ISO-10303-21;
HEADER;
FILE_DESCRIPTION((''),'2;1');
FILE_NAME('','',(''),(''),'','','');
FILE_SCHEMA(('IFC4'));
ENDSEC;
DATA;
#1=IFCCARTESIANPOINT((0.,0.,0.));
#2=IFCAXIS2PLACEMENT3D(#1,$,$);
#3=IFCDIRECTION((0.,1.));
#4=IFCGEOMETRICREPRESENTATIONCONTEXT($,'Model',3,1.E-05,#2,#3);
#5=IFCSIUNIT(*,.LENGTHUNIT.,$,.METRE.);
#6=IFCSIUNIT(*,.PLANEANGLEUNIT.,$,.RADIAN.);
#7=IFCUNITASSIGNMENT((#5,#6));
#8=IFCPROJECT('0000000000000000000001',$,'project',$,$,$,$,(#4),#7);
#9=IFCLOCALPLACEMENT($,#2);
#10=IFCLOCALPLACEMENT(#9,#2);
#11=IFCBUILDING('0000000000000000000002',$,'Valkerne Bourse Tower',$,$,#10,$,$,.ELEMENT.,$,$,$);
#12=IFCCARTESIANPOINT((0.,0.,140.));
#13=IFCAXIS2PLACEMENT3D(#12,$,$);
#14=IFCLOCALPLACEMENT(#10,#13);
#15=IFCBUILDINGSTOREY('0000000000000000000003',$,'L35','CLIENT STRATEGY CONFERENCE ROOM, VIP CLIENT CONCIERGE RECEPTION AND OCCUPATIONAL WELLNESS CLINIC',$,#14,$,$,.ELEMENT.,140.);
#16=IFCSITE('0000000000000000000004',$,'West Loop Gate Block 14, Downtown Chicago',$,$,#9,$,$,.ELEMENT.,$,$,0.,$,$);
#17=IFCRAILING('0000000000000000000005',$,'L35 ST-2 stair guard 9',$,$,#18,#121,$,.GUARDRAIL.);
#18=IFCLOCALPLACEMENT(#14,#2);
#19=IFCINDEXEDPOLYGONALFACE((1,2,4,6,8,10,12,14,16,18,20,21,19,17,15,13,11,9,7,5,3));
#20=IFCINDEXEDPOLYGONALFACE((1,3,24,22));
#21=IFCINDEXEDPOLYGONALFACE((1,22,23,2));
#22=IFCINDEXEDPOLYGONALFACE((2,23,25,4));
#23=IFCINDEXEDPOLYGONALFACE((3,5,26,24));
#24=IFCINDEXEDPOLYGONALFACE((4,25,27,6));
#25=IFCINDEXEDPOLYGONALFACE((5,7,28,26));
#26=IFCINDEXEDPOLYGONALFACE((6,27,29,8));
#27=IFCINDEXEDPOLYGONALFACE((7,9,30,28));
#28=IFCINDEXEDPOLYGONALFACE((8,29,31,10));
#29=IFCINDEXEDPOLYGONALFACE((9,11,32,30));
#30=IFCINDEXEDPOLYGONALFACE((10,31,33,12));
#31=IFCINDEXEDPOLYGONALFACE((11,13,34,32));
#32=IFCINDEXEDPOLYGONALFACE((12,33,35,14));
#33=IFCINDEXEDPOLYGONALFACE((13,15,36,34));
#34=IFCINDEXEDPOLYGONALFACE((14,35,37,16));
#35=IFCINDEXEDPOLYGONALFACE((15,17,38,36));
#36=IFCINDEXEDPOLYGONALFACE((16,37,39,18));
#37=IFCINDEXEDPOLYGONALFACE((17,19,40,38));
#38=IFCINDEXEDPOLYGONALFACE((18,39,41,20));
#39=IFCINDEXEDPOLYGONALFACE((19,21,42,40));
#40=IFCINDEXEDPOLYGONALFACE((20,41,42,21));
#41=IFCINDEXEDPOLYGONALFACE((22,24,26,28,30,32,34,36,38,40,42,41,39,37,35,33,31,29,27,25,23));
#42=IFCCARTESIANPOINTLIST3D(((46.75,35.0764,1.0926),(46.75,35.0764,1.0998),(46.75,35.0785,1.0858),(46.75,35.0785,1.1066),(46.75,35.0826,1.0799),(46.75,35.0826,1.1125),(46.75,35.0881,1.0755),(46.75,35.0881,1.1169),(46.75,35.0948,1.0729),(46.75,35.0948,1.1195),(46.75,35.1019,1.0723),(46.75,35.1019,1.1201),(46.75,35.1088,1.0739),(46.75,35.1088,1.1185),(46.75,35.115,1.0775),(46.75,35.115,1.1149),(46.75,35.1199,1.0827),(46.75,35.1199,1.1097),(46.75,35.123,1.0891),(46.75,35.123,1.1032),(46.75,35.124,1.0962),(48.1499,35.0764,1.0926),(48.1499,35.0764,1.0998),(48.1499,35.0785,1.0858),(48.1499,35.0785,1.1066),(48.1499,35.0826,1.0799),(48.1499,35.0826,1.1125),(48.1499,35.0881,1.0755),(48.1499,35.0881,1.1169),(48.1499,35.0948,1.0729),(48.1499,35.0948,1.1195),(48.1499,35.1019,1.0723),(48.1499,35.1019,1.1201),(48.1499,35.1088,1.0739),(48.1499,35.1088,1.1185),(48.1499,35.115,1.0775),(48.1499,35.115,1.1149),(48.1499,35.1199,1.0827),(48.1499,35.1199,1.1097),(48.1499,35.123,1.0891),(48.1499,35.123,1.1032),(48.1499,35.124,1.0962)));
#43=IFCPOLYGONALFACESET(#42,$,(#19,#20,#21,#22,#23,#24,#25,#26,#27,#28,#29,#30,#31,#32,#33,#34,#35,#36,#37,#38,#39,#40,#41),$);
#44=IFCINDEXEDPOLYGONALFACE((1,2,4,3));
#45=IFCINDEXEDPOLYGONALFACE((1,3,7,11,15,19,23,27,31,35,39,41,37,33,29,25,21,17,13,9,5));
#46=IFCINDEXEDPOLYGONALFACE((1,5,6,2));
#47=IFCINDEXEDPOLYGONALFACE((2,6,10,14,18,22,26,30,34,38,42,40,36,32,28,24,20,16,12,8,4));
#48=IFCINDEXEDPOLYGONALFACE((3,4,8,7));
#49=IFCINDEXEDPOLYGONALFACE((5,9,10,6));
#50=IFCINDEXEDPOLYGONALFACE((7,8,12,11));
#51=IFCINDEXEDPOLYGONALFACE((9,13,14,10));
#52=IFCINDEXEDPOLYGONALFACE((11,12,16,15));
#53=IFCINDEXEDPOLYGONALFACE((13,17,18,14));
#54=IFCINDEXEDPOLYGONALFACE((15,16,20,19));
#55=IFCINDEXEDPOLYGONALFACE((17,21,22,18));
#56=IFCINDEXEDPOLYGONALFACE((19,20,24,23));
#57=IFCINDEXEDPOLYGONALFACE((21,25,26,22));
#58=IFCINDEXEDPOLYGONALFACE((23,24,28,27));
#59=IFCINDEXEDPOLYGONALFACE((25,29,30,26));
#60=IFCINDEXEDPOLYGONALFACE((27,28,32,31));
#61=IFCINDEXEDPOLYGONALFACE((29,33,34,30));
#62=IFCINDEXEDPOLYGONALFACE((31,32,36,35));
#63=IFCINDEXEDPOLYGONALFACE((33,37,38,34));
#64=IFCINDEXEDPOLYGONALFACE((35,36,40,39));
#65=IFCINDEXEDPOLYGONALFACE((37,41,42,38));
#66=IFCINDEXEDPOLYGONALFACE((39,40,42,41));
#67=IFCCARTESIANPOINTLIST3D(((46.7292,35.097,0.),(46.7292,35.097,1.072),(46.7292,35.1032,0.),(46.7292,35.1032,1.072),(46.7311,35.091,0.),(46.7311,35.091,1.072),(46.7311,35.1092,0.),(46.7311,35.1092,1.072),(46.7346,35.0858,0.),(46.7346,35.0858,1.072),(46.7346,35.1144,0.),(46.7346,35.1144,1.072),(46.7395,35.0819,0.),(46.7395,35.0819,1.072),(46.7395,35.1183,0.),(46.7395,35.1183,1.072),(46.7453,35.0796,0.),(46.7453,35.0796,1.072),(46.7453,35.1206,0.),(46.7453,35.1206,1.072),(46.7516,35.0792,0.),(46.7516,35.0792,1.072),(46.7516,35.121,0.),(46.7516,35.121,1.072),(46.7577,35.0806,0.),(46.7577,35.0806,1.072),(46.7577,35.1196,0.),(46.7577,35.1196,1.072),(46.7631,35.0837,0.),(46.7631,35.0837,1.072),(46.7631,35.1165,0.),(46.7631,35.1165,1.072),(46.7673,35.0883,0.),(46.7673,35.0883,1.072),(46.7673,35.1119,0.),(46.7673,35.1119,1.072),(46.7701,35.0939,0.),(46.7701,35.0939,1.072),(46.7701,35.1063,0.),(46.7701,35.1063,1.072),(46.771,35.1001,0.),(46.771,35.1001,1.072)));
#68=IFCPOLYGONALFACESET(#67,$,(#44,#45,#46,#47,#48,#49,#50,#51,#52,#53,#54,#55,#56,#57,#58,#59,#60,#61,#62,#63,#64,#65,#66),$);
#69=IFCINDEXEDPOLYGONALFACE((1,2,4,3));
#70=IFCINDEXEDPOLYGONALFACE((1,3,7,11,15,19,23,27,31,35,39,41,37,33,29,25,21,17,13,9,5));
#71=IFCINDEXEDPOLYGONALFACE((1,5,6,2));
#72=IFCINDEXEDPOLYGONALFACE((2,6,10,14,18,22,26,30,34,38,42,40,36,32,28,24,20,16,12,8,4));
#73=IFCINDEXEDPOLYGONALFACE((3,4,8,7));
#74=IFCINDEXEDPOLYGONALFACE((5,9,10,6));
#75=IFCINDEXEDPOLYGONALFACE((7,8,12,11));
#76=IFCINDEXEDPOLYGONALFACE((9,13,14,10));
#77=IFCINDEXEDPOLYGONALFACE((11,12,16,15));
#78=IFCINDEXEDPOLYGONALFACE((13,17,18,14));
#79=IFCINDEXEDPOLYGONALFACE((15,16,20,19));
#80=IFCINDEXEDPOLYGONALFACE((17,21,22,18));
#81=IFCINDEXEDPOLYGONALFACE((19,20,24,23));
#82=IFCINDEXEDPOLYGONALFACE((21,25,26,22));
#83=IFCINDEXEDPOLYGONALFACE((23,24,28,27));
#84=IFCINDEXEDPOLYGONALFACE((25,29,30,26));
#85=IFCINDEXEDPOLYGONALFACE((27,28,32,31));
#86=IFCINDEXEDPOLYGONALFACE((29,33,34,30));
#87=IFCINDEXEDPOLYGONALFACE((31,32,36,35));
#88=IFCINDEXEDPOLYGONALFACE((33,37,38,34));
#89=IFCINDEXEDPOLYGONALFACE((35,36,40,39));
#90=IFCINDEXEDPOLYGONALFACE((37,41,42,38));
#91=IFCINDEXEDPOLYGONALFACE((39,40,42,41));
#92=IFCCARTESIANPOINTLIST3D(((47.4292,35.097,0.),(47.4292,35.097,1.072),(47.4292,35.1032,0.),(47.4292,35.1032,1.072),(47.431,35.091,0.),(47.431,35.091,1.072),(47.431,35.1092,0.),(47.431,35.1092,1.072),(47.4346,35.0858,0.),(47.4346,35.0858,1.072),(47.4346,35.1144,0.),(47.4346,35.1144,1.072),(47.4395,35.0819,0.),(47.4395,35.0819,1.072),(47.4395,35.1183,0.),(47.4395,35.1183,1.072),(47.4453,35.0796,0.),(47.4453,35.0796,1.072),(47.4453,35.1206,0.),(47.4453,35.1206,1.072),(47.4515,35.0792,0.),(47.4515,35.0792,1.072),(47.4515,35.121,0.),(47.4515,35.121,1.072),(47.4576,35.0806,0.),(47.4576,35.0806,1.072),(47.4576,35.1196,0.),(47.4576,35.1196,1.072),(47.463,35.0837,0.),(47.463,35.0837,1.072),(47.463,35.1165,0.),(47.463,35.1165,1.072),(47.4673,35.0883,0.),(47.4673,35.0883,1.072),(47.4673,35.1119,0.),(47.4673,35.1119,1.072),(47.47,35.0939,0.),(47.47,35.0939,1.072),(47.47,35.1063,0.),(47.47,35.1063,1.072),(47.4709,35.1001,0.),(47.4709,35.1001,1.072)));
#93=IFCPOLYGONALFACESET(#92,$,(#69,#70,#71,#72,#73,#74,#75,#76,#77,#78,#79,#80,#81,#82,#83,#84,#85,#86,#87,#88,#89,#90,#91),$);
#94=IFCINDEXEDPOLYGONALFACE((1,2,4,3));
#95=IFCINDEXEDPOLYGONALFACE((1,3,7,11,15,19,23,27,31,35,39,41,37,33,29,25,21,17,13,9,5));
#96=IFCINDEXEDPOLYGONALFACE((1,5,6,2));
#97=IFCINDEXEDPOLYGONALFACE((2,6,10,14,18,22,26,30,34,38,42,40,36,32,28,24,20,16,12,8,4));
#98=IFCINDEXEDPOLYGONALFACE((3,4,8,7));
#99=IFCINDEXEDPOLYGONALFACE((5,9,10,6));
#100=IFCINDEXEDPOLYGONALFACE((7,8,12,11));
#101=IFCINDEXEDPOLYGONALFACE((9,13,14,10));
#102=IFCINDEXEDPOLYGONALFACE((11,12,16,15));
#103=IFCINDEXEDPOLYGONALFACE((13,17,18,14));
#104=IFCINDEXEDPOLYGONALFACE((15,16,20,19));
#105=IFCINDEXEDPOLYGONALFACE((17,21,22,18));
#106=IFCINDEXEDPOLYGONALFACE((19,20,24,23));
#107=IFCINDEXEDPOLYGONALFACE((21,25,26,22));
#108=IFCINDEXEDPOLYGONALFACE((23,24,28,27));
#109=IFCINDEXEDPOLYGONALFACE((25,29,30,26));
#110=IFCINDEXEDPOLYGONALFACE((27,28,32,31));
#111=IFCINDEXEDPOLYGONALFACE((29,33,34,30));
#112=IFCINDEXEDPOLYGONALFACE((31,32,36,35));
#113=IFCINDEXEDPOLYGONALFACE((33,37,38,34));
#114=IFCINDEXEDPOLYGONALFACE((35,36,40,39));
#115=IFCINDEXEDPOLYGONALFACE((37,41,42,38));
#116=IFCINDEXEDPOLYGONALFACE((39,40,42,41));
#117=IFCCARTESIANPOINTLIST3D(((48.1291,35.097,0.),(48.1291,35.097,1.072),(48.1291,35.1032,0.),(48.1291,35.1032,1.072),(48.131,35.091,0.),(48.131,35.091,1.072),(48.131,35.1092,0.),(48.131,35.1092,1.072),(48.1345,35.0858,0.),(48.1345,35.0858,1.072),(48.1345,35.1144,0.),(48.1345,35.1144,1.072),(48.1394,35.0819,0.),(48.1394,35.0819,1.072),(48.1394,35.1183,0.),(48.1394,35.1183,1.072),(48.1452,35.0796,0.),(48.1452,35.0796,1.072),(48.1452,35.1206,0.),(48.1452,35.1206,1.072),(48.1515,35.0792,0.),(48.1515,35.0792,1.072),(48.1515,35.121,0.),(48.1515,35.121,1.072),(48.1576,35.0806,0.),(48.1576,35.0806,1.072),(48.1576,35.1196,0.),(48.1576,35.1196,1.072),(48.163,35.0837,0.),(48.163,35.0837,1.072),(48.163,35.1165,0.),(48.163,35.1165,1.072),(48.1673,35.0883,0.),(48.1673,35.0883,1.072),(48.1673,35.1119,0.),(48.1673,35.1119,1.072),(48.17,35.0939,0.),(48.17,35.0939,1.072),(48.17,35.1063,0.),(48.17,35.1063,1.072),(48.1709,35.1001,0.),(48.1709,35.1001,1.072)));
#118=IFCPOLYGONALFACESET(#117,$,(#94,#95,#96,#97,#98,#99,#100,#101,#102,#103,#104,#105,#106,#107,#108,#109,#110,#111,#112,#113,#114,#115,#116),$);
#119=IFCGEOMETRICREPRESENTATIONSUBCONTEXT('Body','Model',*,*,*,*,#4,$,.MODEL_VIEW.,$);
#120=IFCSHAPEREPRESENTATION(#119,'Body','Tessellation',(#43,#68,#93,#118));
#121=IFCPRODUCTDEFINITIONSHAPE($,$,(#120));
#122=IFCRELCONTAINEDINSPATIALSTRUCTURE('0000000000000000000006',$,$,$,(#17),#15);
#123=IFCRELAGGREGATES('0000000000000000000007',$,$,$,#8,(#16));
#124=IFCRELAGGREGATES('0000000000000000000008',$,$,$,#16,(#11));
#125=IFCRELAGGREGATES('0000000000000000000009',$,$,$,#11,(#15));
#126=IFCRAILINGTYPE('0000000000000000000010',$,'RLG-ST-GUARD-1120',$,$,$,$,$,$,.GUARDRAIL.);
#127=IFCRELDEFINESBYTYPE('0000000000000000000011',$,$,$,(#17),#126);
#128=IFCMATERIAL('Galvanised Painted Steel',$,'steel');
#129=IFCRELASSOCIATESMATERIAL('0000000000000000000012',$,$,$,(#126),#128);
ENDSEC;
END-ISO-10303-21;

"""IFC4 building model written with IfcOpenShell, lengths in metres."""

from ifc_helpers import new_model, si_unit, direction, frame, origin, origin_2d, place, context, subcontext, project, spatial, circle, extrude, material, type_object, element, save


model = new_model("IFC4")

# Units and contexts
model_context = context("Model", 3, precision=1e-05, world=origin(), true_north=direction((0.0, 1.0)))
body_context = subcontext(model_context, "Body", "Model", "MODEL_VIEW")
ifc_project = project(units=[si_unit("LENGTHUNIT", "METRE"), si_unit("PLANEANGLEUNIT", "RADIAN")], contexts=[model_context])

# Site, building, storey
site_placement = place(None, origin())
site = spatial("IfcSite", under=ifc_project, at=site_placement, Name="West Loop Gate Block 14, Downtown Chicago", CompositionType="ELEMENT", RefElevation=0.0)
building_placement = place(site_placement, origin())
building = spatial("IfcBuilding", under=site, at=building_placement, Name="Valkerne Bourse Tower", CompositionType="ELEMENT")
storey_placement = place(building_placement, frame((0.0, 0.0, 140.0)))
storey = spatial("IfcBuildingStorey", under=building, at=storey_placement, Name="L35", Description="CLIENT STRATEGY CONFERENCE ROOM, VIP CLIENT CONCIERGE RECEPTION AND OCCUPATIONAL WELLNESS CLINIC", CompositionType="ELEMENT", Elevation=140.0)

# Shared definitions
ifc_material_1 = material(Name="Galvanised Painted Steel", Category="steel")

# Railing
railing_type_1 = type_object("IfcRailingType", Name="RLG-ST-GUARD-1120", PredefinedType="GUARDRAIL", material=ifc_material_1)
for number, where, name in (
    (1, (46.75, 35.1001, 0.0), "L35 ST-2 stair guard 9"),
):
    element("IfcRailing", number, at=place(storey_placement, frame(where)), inside=storey, type_object=railing_type_1, Name=name, PredefinedType="GUARDRAIL", context=body_context, shape_type="SweptSolid", body=[
        extrude(circle(Radius=0.0239, at=origin_2d()), frame((0.0, 0.0, 1.0962), z_axis=(1.0, 0.0, 0.0), x_axis=(0.0, 1.0, 0.0)), (0.0, 0.0, 1.0), 1.3999),
        extrude(circle(Radius=0.021, at=origin_2d()), origin(), (0.0, 0.0, 1.0), 1.072),
        extrude(circle(Radius=0.021, at=origin_2d()), frame((0.7, 0.0, 0.0)), (0.0, 0.0, 1.0), 1.072),
        extrude(circle(Radius=0.021, at=origin_2d()), frame((1.3999, 0.0, 0.0)), (0.0, 0.0, 1.0), 1.072),
    ])

save(model, "model.ifc")
